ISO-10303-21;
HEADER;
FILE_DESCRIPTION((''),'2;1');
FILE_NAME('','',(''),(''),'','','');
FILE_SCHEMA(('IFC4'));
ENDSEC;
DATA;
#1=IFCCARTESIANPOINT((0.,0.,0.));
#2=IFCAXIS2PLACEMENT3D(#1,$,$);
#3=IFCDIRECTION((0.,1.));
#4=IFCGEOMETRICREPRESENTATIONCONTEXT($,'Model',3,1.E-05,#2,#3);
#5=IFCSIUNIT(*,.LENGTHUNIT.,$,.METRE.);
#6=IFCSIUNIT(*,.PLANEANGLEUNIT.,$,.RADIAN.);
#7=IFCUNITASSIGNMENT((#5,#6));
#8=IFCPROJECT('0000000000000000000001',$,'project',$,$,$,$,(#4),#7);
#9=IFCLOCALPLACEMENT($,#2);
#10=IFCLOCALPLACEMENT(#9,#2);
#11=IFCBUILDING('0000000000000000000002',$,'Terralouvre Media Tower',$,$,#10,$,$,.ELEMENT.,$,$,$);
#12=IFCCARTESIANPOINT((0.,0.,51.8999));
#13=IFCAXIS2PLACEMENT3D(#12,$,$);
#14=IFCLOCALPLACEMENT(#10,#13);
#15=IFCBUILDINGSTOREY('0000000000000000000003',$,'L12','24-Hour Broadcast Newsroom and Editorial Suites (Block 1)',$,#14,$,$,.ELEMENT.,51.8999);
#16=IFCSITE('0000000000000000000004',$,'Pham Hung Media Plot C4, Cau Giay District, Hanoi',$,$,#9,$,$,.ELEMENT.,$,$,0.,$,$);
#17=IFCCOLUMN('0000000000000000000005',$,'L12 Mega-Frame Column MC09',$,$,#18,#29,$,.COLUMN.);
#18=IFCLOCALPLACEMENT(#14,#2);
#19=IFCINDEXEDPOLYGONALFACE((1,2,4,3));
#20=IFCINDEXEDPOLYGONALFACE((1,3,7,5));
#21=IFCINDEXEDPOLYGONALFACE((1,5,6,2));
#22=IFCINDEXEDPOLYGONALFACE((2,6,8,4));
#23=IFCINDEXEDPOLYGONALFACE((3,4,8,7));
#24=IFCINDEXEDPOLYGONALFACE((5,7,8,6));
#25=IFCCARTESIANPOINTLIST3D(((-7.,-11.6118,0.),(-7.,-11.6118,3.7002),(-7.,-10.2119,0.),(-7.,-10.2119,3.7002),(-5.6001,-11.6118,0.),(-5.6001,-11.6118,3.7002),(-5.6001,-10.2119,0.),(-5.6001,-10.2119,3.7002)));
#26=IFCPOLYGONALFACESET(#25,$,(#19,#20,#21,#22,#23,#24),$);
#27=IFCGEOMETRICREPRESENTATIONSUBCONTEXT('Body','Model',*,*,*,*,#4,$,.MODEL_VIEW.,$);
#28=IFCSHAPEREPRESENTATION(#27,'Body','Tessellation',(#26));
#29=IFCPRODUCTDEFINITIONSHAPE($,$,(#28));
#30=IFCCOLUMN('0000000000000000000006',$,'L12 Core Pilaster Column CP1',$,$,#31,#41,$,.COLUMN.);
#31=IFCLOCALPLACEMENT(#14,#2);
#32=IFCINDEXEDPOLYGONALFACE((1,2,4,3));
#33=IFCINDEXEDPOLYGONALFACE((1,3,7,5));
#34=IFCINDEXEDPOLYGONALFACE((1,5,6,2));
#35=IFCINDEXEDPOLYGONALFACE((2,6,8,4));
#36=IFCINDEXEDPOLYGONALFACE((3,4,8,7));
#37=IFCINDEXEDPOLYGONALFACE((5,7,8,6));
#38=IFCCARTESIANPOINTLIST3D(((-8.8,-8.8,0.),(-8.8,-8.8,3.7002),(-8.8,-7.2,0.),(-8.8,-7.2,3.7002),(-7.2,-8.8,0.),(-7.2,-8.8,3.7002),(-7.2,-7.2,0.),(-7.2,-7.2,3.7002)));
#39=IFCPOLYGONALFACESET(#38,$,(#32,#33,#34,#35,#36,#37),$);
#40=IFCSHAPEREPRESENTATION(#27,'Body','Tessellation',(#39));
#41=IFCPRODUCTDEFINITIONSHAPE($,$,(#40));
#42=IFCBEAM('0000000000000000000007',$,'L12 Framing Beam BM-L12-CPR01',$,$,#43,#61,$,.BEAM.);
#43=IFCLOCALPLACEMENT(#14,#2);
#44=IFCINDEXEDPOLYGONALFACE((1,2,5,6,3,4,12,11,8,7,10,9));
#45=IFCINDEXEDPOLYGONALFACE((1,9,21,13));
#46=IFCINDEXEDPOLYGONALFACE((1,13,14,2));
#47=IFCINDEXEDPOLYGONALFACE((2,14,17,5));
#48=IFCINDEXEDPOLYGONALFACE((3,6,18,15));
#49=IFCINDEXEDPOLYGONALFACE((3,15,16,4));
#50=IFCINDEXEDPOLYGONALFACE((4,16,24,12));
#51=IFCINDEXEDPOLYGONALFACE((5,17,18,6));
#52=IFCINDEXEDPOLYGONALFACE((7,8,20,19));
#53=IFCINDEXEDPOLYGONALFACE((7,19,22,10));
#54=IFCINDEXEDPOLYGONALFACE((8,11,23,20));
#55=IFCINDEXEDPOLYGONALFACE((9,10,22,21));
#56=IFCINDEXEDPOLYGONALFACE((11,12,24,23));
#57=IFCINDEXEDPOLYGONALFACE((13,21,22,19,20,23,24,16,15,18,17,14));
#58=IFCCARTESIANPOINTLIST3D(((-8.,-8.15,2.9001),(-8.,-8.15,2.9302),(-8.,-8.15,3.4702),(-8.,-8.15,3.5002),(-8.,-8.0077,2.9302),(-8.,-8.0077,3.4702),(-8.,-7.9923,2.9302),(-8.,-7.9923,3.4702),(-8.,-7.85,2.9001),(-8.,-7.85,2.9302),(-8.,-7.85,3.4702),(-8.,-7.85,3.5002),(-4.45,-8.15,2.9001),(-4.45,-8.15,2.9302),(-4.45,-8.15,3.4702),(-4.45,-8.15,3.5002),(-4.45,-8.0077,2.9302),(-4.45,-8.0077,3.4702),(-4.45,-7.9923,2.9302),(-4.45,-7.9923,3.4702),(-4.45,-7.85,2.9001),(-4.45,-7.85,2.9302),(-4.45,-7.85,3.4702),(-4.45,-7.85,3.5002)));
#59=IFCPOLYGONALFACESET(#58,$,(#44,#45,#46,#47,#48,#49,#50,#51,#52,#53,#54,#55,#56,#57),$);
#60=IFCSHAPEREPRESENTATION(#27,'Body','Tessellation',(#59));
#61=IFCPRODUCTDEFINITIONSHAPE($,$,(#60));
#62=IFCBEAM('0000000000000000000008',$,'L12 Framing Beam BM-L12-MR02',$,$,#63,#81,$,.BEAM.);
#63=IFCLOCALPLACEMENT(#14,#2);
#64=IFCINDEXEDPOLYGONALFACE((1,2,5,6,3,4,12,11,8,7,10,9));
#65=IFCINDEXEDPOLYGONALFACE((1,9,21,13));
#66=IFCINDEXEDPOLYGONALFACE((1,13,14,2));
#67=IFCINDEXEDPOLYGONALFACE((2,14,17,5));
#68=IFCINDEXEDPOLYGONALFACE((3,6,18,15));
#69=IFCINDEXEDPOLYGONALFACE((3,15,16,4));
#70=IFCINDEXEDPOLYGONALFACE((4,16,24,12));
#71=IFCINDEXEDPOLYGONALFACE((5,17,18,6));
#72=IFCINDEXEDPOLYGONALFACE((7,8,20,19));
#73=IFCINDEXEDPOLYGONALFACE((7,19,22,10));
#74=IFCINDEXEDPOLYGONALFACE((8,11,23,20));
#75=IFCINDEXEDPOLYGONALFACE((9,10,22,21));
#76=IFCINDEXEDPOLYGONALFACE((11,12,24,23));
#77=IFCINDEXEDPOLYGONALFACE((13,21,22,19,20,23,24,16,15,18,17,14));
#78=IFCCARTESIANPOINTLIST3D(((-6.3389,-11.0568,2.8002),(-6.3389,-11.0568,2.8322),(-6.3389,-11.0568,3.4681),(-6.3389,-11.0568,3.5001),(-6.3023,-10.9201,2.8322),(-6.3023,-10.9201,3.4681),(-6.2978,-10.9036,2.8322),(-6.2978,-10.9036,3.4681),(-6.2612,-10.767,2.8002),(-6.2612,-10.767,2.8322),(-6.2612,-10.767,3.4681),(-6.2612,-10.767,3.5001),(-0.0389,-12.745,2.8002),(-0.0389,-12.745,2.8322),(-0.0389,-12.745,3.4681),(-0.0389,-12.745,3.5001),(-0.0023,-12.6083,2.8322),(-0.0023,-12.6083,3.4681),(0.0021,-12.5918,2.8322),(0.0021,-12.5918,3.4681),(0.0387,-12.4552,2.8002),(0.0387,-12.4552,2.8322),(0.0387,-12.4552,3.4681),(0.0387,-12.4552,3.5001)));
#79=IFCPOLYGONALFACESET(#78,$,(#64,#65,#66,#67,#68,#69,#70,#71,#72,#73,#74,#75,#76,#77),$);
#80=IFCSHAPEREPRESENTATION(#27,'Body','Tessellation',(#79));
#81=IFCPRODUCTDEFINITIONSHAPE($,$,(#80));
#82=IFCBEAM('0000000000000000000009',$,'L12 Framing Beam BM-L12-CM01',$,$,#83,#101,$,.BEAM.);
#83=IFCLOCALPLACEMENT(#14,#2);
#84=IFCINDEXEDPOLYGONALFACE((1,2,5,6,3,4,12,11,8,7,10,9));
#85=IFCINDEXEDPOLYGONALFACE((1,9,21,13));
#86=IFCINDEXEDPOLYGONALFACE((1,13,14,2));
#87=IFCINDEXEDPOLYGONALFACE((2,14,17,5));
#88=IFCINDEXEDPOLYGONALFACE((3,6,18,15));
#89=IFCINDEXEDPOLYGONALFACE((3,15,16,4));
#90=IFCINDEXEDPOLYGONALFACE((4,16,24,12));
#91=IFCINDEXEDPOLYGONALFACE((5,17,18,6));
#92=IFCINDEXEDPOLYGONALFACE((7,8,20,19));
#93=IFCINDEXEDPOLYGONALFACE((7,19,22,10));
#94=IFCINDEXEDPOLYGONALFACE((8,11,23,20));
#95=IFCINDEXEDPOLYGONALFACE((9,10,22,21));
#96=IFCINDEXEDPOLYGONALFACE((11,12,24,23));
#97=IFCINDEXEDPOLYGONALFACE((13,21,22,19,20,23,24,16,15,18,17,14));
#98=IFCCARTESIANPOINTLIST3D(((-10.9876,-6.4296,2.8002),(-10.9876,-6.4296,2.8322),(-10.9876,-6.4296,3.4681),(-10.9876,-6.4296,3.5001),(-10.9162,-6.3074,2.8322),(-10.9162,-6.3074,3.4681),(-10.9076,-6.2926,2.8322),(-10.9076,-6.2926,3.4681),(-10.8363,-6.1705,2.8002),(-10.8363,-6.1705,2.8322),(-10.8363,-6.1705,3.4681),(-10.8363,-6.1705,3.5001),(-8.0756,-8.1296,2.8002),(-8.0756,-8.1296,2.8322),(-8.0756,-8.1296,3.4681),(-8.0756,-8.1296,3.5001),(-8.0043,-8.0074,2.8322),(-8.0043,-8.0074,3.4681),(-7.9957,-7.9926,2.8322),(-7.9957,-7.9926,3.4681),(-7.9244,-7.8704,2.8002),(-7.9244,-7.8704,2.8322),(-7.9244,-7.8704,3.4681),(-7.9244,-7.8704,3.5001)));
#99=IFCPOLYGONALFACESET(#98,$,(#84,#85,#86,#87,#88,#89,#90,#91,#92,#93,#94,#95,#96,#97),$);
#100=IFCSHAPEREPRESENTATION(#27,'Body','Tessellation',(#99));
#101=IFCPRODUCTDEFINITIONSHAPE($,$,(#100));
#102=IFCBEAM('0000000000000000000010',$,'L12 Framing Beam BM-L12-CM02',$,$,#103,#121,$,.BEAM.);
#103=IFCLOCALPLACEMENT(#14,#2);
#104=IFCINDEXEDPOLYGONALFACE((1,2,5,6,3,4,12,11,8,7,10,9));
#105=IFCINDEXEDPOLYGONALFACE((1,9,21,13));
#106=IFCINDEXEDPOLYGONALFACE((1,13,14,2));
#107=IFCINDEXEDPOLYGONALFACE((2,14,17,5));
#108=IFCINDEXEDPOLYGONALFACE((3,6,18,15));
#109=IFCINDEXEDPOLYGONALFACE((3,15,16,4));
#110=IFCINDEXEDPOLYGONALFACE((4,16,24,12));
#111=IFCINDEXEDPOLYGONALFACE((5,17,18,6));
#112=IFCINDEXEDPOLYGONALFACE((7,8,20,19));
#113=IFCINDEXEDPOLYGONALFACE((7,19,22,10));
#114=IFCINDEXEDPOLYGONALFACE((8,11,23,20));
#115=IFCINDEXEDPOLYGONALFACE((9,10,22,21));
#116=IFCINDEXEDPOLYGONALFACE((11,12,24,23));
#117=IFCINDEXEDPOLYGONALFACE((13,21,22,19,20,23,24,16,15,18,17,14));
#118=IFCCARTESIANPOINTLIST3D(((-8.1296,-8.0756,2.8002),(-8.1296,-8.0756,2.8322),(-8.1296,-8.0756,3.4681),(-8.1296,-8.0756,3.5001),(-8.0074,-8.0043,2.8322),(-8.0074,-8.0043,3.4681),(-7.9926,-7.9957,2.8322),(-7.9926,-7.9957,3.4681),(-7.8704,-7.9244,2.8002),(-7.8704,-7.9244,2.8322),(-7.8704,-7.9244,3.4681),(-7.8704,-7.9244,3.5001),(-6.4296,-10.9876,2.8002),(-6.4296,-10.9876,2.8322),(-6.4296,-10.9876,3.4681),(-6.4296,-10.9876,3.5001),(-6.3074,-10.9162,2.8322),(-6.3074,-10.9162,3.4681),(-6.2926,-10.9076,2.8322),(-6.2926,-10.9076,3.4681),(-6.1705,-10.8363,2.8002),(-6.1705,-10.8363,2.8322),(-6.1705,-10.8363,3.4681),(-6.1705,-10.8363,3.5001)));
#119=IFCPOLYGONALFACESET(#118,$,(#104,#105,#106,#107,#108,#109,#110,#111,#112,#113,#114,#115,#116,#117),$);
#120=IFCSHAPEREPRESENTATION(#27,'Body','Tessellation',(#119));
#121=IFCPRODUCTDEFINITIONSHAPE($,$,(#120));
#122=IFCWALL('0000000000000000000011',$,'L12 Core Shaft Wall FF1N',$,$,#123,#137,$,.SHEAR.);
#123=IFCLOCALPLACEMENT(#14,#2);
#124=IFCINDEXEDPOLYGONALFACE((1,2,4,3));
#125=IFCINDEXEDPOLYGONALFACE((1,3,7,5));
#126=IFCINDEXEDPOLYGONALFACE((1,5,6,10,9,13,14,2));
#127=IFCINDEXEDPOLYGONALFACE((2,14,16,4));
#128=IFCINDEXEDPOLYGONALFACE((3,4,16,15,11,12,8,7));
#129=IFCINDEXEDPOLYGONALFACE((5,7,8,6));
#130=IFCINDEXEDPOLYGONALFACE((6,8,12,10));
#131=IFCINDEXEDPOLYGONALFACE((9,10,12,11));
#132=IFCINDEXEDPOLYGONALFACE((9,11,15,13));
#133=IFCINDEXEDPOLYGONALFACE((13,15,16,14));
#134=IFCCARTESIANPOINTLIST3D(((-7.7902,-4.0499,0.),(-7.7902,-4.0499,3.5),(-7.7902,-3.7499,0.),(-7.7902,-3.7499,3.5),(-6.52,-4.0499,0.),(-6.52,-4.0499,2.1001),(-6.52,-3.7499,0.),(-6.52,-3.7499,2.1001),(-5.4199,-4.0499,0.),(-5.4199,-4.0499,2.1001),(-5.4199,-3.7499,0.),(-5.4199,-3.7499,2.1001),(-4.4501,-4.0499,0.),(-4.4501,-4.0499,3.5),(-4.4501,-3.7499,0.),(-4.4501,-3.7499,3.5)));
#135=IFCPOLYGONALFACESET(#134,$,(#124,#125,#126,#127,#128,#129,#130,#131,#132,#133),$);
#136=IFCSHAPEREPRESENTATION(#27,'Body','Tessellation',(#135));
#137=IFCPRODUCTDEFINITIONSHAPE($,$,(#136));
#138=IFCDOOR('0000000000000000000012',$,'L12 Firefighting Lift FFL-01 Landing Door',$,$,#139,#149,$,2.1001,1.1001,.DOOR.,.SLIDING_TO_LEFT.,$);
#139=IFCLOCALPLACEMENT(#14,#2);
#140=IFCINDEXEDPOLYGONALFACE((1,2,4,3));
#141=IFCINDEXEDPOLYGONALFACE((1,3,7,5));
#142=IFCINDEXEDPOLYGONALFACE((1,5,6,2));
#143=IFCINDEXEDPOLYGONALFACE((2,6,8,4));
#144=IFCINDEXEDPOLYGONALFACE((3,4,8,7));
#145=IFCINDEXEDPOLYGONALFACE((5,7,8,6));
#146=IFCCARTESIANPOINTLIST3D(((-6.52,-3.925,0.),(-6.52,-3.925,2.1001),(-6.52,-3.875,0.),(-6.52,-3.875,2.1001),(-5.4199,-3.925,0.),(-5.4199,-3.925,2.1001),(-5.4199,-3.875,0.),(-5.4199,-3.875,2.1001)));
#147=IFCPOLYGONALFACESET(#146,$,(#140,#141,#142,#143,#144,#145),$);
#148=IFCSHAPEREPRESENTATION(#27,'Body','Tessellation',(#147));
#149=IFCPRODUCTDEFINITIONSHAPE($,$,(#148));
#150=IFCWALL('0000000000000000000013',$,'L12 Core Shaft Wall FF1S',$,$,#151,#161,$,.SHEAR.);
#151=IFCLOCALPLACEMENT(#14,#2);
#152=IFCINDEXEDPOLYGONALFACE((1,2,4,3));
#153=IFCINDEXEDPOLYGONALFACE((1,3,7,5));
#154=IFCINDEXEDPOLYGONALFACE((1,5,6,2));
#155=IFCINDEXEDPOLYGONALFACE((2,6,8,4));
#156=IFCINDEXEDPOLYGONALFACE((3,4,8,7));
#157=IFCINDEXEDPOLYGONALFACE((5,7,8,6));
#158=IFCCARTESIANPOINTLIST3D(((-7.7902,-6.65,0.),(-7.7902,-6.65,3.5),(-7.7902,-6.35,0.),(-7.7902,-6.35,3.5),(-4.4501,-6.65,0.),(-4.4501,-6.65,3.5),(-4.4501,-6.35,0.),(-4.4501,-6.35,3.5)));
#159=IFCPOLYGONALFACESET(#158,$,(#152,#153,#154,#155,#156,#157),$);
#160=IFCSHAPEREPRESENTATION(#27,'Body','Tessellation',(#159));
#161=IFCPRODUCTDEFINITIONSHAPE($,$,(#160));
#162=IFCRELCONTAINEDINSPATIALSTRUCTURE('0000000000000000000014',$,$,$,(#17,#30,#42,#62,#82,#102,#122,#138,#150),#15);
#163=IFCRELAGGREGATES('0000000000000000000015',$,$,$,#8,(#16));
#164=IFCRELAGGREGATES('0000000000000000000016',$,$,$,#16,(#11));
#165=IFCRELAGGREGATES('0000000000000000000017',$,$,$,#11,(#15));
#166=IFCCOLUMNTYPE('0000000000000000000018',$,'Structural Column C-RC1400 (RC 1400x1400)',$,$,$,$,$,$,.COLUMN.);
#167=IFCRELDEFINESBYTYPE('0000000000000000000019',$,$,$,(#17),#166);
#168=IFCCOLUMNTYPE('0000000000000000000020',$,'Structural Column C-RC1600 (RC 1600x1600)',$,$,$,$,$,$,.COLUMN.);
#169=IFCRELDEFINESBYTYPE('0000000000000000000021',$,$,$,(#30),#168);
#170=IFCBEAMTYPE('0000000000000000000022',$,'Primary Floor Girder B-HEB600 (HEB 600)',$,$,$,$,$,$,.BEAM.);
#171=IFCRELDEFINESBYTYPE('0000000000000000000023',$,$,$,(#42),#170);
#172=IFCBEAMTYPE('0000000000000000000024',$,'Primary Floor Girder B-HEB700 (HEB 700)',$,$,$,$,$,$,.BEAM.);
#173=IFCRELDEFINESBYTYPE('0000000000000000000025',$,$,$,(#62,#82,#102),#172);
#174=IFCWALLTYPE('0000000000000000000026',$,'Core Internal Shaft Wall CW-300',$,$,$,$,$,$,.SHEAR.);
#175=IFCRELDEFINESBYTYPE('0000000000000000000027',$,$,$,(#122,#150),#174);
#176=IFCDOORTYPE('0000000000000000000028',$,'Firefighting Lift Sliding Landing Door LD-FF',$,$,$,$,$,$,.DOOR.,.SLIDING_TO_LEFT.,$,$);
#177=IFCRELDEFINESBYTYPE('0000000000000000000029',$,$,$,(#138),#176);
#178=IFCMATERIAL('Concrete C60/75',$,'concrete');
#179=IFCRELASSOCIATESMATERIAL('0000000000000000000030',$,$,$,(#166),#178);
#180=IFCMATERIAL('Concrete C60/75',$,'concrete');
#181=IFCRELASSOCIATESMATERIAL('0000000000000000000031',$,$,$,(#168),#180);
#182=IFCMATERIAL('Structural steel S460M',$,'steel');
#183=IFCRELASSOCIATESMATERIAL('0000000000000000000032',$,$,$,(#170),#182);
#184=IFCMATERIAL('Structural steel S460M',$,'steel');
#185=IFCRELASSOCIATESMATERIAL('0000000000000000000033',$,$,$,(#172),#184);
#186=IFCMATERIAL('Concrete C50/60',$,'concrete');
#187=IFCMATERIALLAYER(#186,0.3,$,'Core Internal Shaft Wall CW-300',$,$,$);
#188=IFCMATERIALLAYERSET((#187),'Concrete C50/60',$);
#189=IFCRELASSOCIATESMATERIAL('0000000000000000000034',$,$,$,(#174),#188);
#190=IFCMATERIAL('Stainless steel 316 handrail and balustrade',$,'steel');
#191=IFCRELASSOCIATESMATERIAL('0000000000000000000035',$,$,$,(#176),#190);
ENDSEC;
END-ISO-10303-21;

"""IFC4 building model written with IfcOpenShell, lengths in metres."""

from ifc_helpers import new_model, si_unit, direction, frame, frame_2d, origin, origin_2d, place, context, subcontext, project, spatial, rectangle, i_section, extrude, material, layer, layer_set, material_profile, profile_set, type_object, element, fill, save


model = new_model("IFC4")

# Units and contexts
model_context = context("Model", 3, precision=1e-05, world=origin(), true_north=direction((0.0, 1.0)))
body_context = subcontext(model_context, "Body", "Model", "MODEL_VIEW")
ifc_project = project(units=[si_unit("LENGTHUNIT", "METRE"), si_unit("PLANEANGLEUNIT", "RADIAN")], contexts=[model_context])

# Site, building, storey
site_placement = place(None, origin())
site = spatial("IfcSite", under=ifc_project, at=site_placement, Name="Pham Hung Media Plot C4, Cau Giay District, Hanoi", CompositionType="ELEMENT", RefElevation=0.0)
building_placement = place(site_placement, origin())
building = spatial("IfcBuilding", under=site, at=building_placement, Name="Terralouvre Media Tower", CompositionType="ELEMENT")
storey_placement = place(building_placement, frame((0.0, 0.0, 51.8999)))
storey = spatial("IfcBuildingStorey", under=building, at=storey_placement, Name="L12", Description="24-Hour Broadcast Newsroom and Editorial Suites (Block 1)", CompositionType="ELEMENT", Elevation=51.8999)

# Columns
ifc_material_1 = material(Name="Concrete C60/75", Category="concrete")
ifc_material_profile_1 = material_profile(ifc_material_1, rectangle(XDim=1.3999, YDim=1.3999, at=origin_2d()), Name="RC 1400x1400")
ifc_profile_set_1 = profile_set([ifc_material_profile_1], Name="Concrete C60/75")
column_type_1 = type_object("IfcColumnType", Name="Structural Column C-RC1400 (RC 1400x1400)", PredefinedType="COLUMN", material=ifc_profile_set_1)
column_1_placement = place(storey_placement, frame((-6.3, -10.9119, 0.0), z_axis=(0.0, 0.0, 1.0), x_axis=(1.0, 0.0, 0.0)))
element("IfcColumn", 1, at=column_1_placement, inside=storey, type_object=column_type_1, Name="L12 Mega-Frame Column MC09", PredefinedType="COLUMN", context=body_context, shape_type="SweptSolid", body=[
    extrude(rectangle(XDim=1.3999, YDim=1.3999, at=origin_2d()), origin(), (0.0, 0.0, 1.0), 3.7002),
])
ifc_material_2 = material(Name="Concrete C60/75", Category="concrete")
ifc_material_profile_2 = material_profile(ifc_material_2, rectangle(XDim=1.6001, YDim=1.6001, at=origin_2d()), Name="RC 1600x1600")
ifc_profile_set_2 = profile_set([ifc_material_profile_2], Name="Concrete C60/75")
column_type_2 = type_object("IfcColumnType", Name="Structural Column C-RC1600 (RC 1600x1600)", PredefinedType="COLUMN", material=ifc_profile_set_2)
column_2_placement = place(storey_placement, frame((-8.0, -8.0, 0.0), z_axis=(0.0, 0.0, 1.0), x_axis=(1.0, 0.0, 0.0)))
element("IfcColumn", 2, at=column_2_placement, inside=storey, type_object=column_type_2, Name="L12 Core Pilaster Column CP1", PredefinedType="COLUMN", context=body_context, shape_type="SweptSolid", body=[
    extrude(rectangle(XDim=1.6001, YDim=1.6001, at=origin_2d()), origin(), (0.0, 0.0, 1.0), 3.7002),
])

# Beams
ifc_material_3 = material(Name="Structural steel S460M", Category="steel")
ifc_material_profile_3 = material_profile(ifc_material_3, i_section(OverallWidth=0.3, OverallDepth=0.6001, WebThickness=0.0154, FlangeThickness=0.03, at=origin_2d()), Name="HEB 600")
ifc_profile_set_3 = profile_set([ifc_material_profile_3], Name="Structural steel S460M")
beam_type_1 = type_object("IfcBeamType", Name="Primary Floor Girder B-HEB600 (HEB 600)", PredefinedType="BEAM", material=ifc_profile_set_3)
beam_1_placement = place(storey_placement, frame((-8.0, -8.0, 3.2002), z_axis=(1.0, 0.0, 0.0), x_axis=(0.0, 1.0, 0.0)))
element("IfcBeam", 3, at=beam_1_placement, inside=storey, type_object=beam_type_1, Name="L12 Framing Beam BM-L12-CPR01", PredefinedType="BEAM", context=body_context, shape_type="SweptSolid", body=[
    extrude(i_section(OverallWidth=0.3, OverallDepth=0.6001, WebThickness=0.0154, FlangeThickness=0.03, at=origin_2d()), origin(), (0.0, 0.0, 1.0), 3.55),
])
ifc_material_4 = material(Name="Structural steel S460M", Category="steel")
ifc_material_profile_4 = material_profile(ifc_material_4, i_section(OverallWidth=0.3, OverallDepth=0.7, WebThickness=0.0171, FlangeThickness=0.032, at=origin_2d()), Name="HEB 700")
ifc_profile_set_4 = profile_set([ifc_material_profile_4], Name="Structural steel S460M")
beam_type_2 = type_object("IfcBeamType", Name="Primary Floor Girder B-HEB700 (HEB 700)", PredefinedType="BEAM", material=ifc_profile_set_4)
beam_2_placement = place(storey_placement, frame((-6.3, -10.9119, 3.1501), z_axis=(0.96592, -0.258839, 0.0), x_axis=(0.258839, 0.96592, 0.0)))
element("IfcBeam", 4, at=beam_2_placement, inside=storey, type_object=beam_type_2, Name="L12 Framing Beam BM-L12-MR02", PredefinedType="BEAM", context=body_context, shape_type="SweptSolid", body=[
    extrude(i_section(OverallWidth=0.3, OverallDepth=0.7, WebThickness=0.0171, FlangeThickness=0.032, at=origin_2d()), origin(), (0.0, 0.0, 1.0), 6.5222),
])
for number, where, z_axis, x_axis, name in (
    (5, (-8.0, -8.0, 3.1501), (-0.863603, 0.504173, 0.0), (-0.504173, -0.863603, 0.0), "L12 Framing Beam BM-L12-CM01"),
    (6, (-8.0, -8.0, 3.1501), (0.504173, -0.863603, 0.0), (0.863603, 0.504173, 0.0), "L12 Framing Beam BM-L12-CM02"),
):
    element("IfcBeam", number, at=place(storey_placement, frame(where, z_axis=z_axis, x_axis=x_axis)), inside=storey, type_object=beam_type_2, Name=name, PredefinedType="BEAM", context=body_context, shape_type="SweptSolid", body=[
        extrude(i_section(OverallWidth=0.3, OverallDepth=0.7, WebThickness=0.0171, FlangeThickness=0.032, at=origin_2d()), origin(), (0.0, 0.0, 1.0), 3.3718),
    ])

# Wall, opening, door
ifc_material_5 = material(Name="Concrete C50/60", Category="concrete")
ifc_layer_1 = layer(ifc_material_5, 0.3, Name="Core Internal Shaft Wall CW-300")
ifc_layer_set_1 = layer_set([ifc_layer_1], Name="Concrete C50/60")
wall_type_1 = type_object("IfcWallType", Name="Core Internal Shaft Wall CW-300", PredefinedType="SHEAR", material=ifc_layer_set_1)
wall_1_placement = place(storey_placement, frame((-7.79, -3.8999, 0.0), z_axis=(0.0, 0.0, 1.0), x_axis=(1.0, 0.0, 0.0)))
wall_1 = element("IfcWall", 7, at=wall_1_placement, inside=storey, type_object=wall_type_1, Name="L12 Core Shaft Wall FF1N", PredefinedType="SHEAR", context=body_context, shape_type="SweptSolid", body=[
    extrude(rectangle(XDim=3.3401, YDim=0.3, at=frame_2d((1.6699, 0.0))), origin(), (0.0, 0.0, 1.0), 3.5),
])
opening_1_placement = place(wall_1_placement, frame((1.27, 0.0, 0.0)))
opening_1 = element("IfcOpeningElement", 8, at=opening_1_placement, cuts=wall_1, PredefinedType="OPENING", context=body_context, shape_type="SweptSolid", body=[
    extrude(rectangle(XDim=1.1001, YDim=2.1001, at=frame_2d((0.55, 1.05))), frame((0.0, 0.1599, 0.0), z_axis=(0.0, -1.0, 0.0), x_axis=(1.0, 0.0, 0.0)), (0.0, 0.0, 1.0), 0.3201),
])
ifc_material_6 = material(Name="Stainless steel 316 handrail and balustrade", Category="steel")
door_type_1 = type_object("IfcDoorType", Name="Firefighting Lift Sliding Landing Door LD-FF", OperationType="SLIDING_TO_LEFT", PredefinedType="DOOR", material=ifc_material_6)
door_1_placement = place(opening_1_placement, origin())
door_1 = element("IfcDoor", 9, at=door_1_placement, inside=storey, type_object=door_type_1, Name="L12 Firefighting Lift FFL-01 Landing Door", OperationType="SLIDING_TO_LEFT", OverallHeight=2.1001, OverallWidth=1.1001, PredefinedType="DOOR", context=body_context, shape_type="SweptSolid", body=[
    extrude(rectangle(XDim=1.1001, YDim=2.1001, at=frame_2d((0.55, 1.05))), frame((0.0, 0.0249, 0.0), z_axis=(0.0, -1.0, 0.0), x_axis=(1.0, 0.0, 0.0)), (0.0, 0.0, 1.0), 0.05),
])
fill(opening_1, door_1)

# Wall
wall_2_placement = place(storey_placement, frame((-7.79, -6.5, 0.0), z_axis=(0.0, 0.0, 1.0), x_axis=(1.0, 0.0, 0.0)))
element("IfcWall", 10, at=wall_2_placement, inside=storey, type_object=wall_type_1, Name="L12 Core Shaft Wall FF1S", PredefinedType="SHEAR", context=body_context, shape_type="SweptSolid", body=[
    extrude(rectangle(XDim=3.3401, YDim=0.3, at=frame_2d((1.6699, 0.0))), origin(), (0.0, 0.0, 1.0), 3.5),
])

save(model, "model.ifc")
